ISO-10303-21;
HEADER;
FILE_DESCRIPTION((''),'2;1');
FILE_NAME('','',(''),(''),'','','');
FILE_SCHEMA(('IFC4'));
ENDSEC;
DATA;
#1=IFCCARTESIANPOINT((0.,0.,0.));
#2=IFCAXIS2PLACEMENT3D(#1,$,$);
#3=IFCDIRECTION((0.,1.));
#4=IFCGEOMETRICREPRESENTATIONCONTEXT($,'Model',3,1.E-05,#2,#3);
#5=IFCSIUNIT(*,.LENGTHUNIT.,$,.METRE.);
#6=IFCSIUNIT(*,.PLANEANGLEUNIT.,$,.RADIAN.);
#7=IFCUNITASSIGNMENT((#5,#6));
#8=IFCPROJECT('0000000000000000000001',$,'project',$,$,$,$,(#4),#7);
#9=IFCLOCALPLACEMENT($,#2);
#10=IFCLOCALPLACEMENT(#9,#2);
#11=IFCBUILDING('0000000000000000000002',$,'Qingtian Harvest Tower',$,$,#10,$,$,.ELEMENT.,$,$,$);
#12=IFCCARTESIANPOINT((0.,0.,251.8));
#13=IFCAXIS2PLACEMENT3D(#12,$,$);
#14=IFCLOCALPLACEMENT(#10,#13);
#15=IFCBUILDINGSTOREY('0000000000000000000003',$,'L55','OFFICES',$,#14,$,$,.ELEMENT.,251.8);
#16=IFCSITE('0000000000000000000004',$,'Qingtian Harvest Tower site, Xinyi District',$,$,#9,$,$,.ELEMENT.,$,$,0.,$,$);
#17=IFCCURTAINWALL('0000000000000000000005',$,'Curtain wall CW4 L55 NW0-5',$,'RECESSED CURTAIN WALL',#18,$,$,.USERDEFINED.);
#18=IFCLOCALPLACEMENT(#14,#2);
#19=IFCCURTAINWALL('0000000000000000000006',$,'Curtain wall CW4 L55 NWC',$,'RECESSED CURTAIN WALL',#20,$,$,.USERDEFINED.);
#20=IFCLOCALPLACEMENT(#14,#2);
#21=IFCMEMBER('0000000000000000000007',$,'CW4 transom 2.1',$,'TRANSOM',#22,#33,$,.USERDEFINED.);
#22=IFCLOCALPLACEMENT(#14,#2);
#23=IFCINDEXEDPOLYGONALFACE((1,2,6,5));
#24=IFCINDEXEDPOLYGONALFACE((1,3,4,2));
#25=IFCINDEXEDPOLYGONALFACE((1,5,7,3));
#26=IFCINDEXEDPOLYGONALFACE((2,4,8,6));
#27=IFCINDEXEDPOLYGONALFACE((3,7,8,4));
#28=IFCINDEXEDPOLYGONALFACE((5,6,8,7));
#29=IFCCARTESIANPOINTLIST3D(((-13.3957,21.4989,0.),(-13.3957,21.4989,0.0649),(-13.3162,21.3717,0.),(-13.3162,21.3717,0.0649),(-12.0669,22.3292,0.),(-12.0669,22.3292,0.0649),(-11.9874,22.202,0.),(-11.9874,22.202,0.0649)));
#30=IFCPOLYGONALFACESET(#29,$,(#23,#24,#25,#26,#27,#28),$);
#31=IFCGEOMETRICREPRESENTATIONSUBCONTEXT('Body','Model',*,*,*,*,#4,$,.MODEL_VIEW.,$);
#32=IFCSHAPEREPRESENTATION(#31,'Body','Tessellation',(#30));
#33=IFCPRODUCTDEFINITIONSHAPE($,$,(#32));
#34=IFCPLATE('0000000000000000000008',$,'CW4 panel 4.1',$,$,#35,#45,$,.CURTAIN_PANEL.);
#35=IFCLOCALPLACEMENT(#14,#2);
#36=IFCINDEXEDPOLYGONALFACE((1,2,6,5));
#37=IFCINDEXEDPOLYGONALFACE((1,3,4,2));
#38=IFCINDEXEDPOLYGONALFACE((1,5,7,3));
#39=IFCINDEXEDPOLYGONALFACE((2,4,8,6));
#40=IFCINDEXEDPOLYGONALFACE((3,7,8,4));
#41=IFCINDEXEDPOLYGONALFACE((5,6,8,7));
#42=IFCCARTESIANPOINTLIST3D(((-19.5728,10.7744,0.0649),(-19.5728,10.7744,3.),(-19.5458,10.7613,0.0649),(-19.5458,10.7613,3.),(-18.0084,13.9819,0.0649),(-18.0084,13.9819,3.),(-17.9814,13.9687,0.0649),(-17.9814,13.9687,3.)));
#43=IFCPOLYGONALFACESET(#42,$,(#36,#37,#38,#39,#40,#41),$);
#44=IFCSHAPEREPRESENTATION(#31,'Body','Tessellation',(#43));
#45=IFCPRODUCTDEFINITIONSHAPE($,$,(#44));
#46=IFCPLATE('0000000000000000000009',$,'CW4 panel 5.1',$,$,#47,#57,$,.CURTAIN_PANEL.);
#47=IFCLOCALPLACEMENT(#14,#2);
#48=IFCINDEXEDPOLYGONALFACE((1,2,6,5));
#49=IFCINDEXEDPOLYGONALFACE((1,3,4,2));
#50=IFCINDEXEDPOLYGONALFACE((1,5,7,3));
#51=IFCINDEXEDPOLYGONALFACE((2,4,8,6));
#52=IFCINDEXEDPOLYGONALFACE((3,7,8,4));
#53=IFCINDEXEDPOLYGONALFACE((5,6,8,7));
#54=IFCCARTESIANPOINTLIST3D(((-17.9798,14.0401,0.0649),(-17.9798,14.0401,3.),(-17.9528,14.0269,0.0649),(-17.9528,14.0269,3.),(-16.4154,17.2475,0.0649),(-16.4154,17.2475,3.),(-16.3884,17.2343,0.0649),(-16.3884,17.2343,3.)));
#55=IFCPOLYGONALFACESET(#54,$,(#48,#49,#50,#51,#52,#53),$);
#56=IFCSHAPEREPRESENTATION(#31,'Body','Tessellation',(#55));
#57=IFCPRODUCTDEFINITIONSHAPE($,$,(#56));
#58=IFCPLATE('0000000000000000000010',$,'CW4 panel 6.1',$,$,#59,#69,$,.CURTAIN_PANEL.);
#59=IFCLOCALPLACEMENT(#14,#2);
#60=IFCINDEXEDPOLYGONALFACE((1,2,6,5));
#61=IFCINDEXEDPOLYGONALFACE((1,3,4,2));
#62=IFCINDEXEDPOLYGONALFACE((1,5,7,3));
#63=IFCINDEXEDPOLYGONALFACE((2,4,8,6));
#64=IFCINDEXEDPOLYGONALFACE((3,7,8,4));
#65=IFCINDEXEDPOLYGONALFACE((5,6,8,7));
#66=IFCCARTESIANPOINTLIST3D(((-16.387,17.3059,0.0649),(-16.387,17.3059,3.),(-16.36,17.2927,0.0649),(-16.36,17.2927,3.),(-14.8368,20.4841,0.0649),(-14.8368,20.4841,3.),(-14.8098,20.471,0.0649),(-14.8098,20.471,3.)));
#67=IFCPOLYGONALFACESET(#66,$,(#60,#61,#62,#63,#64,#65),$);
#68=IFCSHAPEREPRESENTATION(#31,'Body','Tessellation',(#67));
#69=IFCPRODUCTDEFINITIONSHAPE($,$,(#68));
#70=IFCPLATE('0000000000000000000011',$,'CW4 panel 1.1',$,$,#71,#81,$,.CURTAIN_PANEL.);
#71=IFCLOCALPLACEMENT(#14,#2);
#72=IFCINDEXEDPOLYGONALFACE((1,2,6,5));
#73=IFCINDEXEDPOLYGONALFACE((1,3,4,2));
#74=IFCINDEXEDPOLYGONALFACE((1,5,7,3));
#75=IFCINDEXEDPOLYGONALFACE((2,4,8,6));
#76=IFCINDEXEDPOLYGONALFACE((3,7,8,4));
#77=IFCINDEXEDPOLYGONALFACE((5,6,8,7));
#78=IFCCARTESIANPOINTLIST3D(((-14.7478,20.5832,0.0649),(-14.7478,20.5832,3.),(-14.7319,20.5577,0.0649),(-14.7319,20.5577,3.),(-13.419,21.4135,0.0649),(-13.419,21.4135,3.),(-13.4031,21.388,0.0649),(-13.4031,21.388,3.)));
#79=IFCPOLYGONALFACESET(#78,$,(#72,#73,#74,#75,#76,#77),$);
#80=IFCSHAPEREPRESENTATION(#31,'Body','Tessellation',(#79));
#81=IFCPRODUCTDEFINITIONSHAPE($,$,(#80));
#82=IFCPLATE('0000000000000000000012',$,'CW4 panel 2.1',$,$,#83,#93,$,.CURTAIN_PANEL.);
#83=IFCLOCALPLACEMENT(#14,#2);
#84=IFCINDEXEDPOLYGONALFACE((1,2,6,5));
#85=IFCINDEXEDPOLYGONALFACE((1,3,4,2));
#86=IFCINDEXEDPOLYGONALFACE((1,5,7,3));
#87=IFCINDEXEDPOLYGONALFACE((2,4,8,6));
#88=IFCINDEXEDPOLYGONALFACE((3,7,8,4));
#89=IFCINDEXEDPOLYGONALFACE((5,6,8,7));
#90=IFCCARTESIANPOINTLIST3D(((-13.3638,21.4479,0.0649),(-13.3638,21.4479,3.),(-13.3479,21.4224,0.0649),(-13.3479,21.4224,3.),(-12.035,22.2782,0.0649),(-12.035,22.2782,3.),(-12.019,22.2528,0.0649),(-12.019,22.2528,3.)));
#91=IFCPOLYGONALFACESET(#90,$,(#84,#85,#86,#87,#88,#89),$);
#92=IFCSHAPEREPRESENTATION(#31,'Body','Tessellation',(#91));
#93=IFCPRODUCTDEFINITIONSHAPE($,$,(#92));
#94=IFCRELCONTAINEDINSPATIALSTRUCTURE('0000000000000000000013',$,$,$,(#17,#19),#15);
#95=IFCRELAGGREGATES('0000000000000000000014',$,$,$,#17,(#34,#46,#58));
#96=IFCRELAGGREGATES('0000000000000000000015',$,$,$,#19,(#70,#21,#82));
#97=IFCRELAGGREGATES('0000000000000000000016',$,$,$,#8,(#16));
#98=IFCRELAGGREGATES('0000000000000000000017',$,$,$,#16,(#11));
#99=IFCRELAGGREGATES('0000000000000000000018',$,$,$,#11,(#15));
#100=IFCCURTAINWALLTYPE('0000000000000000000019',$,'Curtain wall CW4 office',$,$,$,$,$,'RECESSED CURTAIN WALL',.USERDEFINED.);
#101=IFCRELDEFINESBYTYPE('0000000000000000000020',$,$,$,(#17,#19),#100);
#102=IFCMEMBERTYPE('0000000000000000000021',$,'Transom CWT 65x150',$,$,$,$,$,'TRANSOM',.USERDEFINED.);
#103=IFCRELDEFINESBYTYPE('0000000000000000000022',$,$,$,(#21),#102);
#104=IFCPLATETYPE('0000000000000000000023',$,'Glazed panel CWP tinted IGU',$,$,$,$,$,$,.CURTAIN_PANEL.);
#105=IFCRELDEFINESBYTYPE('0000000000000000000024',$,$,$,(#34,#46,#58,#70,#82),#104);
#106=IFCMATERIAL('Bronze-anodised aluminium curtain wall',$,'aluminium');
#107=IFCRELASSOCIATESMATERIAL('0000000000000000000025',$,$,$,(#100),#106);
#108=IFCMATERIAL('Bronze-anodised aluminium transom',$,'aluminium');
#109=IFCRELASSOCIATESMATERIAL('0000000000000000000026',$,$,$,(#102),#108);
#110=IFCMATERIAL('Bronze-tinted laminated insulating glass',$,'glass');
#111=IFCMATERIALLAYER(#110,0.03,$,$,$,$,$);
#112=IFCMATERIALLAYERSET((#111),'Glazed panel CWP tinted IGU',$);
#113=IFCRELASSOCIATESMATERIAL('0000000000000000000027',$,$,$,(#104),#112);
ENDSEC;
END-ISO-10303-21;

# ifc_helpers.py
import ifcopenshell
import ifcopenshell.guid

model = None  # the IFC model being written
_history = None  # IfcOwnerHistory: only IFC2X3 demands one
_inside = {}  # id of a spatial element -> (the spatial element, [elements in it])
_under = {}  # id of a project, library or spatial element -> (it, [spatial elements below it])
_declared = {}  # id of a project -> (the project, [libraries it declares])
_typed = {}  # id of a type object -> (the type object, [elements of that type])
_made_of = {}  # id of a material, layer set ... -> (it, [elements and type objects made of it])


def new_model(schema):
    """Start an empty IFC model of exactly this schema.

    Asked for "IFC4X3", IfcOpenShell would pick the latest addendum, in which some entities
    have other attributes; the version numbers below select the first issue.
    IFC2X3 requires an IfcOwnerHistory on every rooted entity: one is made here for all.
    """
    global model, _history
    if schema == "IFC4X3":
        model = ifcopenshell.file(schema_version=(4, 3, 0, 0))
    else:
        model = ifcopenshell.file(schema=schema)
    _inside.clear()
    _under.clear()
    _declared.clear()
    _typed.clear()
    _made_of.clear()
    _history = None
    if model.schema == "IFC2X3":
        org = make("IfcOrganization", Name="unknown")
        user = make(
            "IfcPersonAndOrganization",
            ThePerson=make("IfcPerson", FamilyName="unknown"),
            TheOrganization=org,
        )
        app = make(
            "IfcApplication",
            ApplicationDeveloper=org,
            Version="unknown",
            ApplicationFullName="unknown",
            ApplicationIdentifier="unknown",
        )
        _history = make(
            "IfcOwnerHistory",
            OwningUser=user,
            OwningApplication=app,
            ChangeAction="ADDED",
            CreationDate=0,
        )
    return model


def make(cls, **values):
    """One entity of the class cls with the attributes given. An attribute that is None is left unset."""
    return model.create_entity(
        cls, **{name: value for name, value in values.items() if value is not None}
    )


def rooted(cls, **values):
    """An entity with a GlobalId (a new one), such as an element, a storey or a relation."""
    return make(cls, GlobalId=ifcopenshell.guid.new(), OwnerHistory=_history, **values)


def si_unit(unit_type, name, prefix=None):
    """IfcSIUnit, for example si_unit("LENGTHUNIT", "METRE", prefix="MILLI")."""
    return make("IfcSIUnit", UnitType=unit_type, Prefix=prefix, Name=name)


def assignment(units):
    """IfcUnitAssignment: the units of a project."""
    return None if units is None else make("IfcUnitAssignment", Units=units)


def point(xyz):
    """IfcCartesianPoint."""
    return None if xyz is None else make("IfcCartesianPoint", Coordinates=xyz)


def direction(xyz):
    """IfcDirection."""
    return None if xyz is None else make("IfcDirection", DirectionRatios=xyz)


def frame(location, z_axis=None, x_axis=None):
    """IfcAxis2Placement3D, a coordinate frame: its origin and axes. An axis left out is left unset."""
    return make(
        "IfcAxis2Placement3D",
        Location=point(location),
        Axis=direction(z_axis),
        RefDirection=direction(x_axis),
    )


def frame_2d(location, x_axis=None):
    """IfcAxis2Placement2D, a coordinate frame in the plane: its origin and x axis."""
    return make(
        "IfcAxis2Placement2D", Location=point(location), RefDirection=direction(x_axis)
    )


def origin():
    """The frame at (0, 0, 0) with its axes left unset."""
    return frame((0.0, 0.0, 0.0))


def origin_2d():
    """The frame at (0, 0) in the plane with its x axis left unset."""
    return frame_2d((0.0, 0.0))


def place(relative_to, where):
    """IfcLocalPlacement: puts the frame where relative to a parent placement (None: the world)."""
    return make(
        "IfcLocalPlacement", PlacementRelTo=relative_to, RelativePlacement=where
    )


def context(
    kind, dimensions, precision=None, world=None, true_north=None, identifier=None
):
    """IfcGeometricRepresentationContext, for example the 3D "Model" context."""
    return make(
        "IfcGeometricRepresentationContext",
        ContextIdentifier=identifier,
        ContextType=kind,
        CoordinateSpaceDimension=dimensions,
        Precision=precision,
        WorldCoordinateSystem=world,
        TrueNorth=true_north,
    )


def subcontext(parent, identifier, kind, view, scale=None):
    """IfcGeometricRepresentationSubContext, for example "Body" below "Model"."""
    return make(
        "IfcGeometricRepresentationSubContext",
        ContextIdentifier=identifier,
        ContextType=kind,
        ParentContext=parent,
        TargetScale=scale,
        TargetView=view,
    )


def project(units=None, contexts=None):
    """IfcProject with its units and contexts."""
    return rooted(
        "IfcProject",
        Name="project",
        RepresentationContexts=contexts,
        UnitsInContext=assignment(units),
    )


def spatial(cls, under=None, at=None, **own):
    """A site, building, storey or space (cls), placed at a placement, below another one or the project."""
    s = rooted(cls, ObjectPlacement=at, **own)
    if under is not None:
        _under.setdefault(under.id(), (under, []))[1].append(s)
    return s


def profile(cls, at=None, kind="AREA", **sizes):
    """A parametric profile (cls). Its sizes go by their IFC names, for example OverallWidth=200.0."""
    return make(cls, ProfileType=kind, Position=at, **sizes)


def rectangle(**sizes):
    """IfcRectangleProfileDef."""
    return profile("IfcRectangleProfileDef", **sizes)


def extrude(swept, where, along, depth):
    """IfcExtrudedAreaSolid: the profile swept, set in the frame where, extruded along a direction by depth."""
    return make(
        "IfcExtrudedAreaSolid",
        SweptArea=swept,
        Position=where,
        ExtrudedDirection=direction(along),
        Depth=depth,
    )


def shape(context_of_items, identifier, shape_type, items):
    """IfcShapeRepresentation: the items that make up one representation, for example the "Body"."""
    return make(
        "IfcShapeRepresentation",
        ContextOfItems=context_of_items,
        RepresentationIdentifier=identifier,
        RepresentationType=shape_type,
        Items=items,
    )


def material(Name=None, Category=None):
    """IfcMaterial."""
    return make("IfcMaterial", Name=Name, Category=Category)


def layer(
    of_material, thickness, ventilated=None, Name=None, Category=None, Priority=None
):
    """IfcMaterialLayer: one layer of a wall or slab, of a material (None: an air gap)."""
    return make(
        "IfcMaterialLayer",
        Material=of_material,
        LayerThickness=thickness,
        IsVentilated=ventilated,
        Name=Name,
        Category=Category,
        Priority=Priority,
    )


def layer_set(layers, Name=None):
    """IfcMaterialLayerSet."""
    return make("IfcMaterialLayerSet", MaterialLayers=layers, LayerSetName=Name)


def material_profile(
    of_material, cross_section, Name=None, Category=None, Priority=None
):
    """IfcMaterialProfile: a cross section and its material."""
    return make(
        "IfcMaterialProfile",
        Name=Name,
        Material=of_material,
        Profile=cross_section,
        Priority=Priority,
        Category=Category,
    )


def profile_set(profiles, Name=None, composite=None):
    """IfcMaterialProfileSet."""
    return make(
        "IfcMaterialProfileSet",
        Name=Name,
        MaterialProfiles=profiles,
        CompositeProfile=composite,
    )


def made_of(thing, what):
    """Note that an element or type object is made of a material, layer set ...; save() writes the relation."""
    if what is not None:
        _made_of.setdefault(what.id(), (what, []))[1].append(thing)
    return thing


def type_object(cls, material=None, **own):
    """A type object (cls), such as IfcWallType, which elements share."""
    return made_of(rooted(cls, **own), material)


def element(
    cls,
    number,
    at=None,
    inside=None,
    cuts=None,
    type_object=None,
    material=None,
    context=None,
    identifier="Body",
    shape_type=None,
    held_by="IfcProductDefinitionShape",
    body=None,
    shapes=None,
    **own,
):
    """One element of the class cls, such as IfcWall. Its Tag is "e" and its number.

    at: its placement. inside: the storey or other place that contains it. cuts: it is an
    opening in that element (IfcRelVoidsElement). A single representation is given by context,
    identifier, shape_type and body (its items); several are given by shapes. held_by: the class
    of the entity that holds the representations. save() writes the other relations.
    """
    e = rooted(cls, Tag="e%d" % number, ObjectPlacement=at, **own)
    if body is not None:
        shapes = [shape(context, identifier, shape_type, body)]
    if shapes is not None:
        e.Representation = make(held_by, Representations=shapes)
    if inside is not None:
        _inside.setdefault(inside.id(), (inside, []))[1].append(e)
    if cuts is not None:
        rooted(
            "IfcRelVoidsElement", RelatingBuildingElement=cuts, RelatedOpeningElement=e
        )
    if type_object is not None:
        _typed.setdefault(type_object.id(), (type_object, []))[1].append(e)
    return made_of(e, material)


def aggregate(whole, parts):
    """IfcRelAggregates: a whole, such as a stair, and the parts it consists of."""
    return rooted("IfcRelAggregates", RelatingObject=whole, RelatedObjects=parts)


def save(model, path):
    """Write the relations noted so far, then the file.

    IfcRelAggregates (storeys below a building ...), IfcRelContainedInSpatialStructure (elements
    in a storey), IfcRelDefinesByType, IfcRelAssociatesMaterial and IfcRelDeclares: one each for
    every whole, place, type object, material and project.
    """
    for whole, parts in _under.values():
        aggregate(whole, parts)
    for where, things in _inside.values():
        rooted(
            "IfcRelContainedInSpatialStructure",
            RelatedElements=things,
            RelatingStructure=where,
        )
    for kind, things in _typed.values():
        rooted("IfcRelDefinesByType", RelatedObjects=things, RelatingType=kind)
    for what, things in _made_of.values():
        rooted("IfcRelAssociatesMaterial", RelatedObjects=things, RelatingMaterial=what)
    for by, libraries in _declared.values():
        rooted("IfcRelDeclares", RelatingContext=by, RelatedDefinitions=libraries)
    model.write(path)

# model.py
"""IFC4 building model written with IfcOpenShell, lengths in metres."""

from ifc_helpers import new_model, si_unit, direction, frame, origin, origin_2d, place, context, subcontext, project, spatial, rectangle, extrude, material, layer, layer_set, material_profile, profile_set, type_object, element, aggregate, save


model = new_model("IFC4")

# Units and contexts
model_context = context("Model", 3, precision=1e-05, world=origin(), true_north=direction((0.0, 1.0)))
body_context = subcontext(model_context, "Body", "Model", "MODEL_VIEW")
ifc_project = project(units=[si_unit("LENGTHUNIT", "METRE"), si_unit("PLANEANGLEUNIT", "RADIAN")], contexts=[model_context])

# Site, building, storey
site_placement = place(None, origin())
site = spatial("IfcSite", under=ifc_project, at=site_placement, Name="Qingtian Harvest Tower site, Xinyi District", CompositionType="ELEMENT", RefElevation=0.0)
building_placement = place(site_placement, origin())
building = spatial("IfcBuilding", under=site, at=building_placement, Name="Qingtian Harvest Tower", CompositionType="ELEMENT")
storey_placement = place(building_placement, frame((0.0, 0.0, 251.8)))
storey = spatial("IfcBuildingStorey", under=building, at=storey_placement, Name="L55", Description="OFFICES", CompositionType="ELEMENT", Elevation=251.8)

# Curtain walls
ifc_material_1 = material(Name="Bronze-anodised aluminium curtain wall", Category="aluminium")
curtain_wall_type = type_object("IfcCurtainWallType", Name="Curtain wall CW4 office", ElementType="RECESSED CURTAIN WALL", PredefinedType="USERDEFINED", material=ifc_material_1)
curtain_wall_1_placement = place(storey_placement, origin())
curtain_wall_1 = element("IfcCurtainWall", 1, at=curtain_wall_1_placement, inside=storey, type_object=curtain_wall_type, Name="Curtain wall CW4 L55 NW0-5", ObjectType="RECESSED CURTAIN WALL", PredefinedType="USERDEFINED")
curtain_wall_2_placement = place(storey_placement, origin())
curtain_wall_2 = element("IfcCurtainWall", 2, at=curtain_wall_2_placement, inside=storey, type_object=curtain_wall_type, Name="Curtain wall CW4 L55 NWC", ObjectType="RECESSED CURTAIN WALL", PredefinedType="USERDEFINED")

# Member
ifc_material_2 = material(Name="Bronze-anodised aluminium transom", Category="aluminium")
ifc_material_profile_1 = material_profile(ifc_material_2, rectangle(XDim=0.1499, YDim=0.0649, at=origin_2d()), Name="AL 65x150")
ifc_profile_set_1 = profile_set([ifc_material_profile_1], Name="Bronze-anodised aluminium transom")
member_type_1 = type_object("IfcMemberType", Name="Transom CWT 65x150", ElementType="TRANSOM", PredefinedType="USERDEFINED", material=ifc_profile_set_1)
member_1_placement = place(storey_placement, frame((-13.356, 21.4353, 0.0325), z_axis=(0.84806, 0.529901, 0.0), x_axis=(-0.529901, 0.84806, 0.0)))
member_1 = element("IfcMember", 3, at=member_1_placement, type_object=member_type_1, Name="CW4 transom 2.1", ObjectType="TRANSOM", PredefinedType="USERDEFINED", context=body_context, shape_type="SweptSolid", body=[
    extrude(rectangle(XDim=0.1499, YDim=0.0649, at=origin_2d()), origin(), (0.0, 0.0, 1.0), 1.5669),
])

# Plates
ifc_material_3 = material(Name="Bronze-tinted laminated insulating glass", Category="glass")
ifc_layer = layer(ifc_material_3, 0.03)
ifc_layer_set = layer_set([ifc_layer], Name="Glazed panel CWP tinted IGU")
plate_type = type_object("IfcPlateType", Name="Glazed panel CWP tinted IGU", PredefinedType="CURTAIN_PANEL", material=ifc_layer_set)
plate_1_placement = place(storey_placement, frame((-18.7771, 12.3716, 0.0649), z_axis=(0.0, 0.0, 1.0), x_axis=(0.438371, 0.898794, 0.0)))
plate_1 = element("IfcPlate", 4, at=plate_1_placement, type_object=plate_type, Name="CW4 panel 4.1", PredefinedType="CURTAIN_PANEL", context=body_context, shape_type="SweptSolid", body=[
    extrude(rectangle(XDim=3.5686, YDim=0.03, at=origin_2d()), origin(), (0.0, 0.0, 1.0), 2.9351),
])
plate_2_placement = place(storey_placement, frame((-17.1841, 15.6372, 0.0649), z_axis=(0.0, 0.0, 1.0), x_axis=(0.438371, 0.898794, 0.0)))
plate_2 = element("IfcPlate", 5, at=plate_2_placement, type_object=plate_type, Name="CW4 panel 5.1", PredefinedType="CURTAIN_PANEL", context=body_context, shape_type="SweptSolid", body=[
    extrude(rectangle(XDim=3.5686, YDim=0.03, at=origin_2d()), origin(), (0.0, 0.0, 1.0), 2.9351),
])
plate_3_placement = place(storey_placement, frame((-15.5984, 18.8884, 0.0649), z_axis=(0.0, 0.0, 1.0), x_axis=(0.438371, 0.898794, 0.0)))
plate_3 = element("IfcPlate", 6, at=plate_3_placement, type_object=plate_type, Name="CW4 panel 6.1", PredefinedType="CURTAIN_PANEL", context=body_context, shape_type="SweptSolid", body=[
    extrude(rectangle(XDim=3.5361, YDim=0.03, at=origin_2d()), origin(), (0.0, 0.0, 1.0), 2.9351),
])
aggregate(curtain_wall_1, [plate_1, plate_2, plate_3])
plate_4_placement = place(storey_placement, frame((-14.0754, 20.9856, 0.0649), z_axis=(0.0, 0.0, 1.0), x_axis=(0.848048, 0.529919, 0.0)))
plate_4 = element("IfcPlate", 7, at=plate_4_placement, type_object=plate_type, Name="CW4 panel 1.1", PredefinedType="CURTAIN_PANEL", context=body_context, shape_type="SweptSolid", body=[
    extrude(rectangle(XDim=1.5669, YDim=0.03, at=origin_2d()), origin(), (0.0, 0.0, 1.0), 2.9351),
])
plate_5_placement = place(storey_placement, frame((-12.6914, 21.8503, 0.0649), z_axis=(0.0, 0.0, 1.0), x_axis=(0.848048, 0.529919, 0.0)))
plate_5 = element("IfcPlate", 8, at=plate_5_placement, type_object=plate_type, Name="CW4 panel 2.1", PredefinedType="CURTAIN_PANEL", context=body_context, shape_type="SweptSolid", body=[
    extrude(rectangle(XDim=1.5669, YDim=0.03, at=origin_2d()), origin(), (0.0, 0.0, 1.0), 2.9351),
])
aggregate(curtain_wall_2, [plate_4, member_1, plate_5])

save(model, "model.ifc")
